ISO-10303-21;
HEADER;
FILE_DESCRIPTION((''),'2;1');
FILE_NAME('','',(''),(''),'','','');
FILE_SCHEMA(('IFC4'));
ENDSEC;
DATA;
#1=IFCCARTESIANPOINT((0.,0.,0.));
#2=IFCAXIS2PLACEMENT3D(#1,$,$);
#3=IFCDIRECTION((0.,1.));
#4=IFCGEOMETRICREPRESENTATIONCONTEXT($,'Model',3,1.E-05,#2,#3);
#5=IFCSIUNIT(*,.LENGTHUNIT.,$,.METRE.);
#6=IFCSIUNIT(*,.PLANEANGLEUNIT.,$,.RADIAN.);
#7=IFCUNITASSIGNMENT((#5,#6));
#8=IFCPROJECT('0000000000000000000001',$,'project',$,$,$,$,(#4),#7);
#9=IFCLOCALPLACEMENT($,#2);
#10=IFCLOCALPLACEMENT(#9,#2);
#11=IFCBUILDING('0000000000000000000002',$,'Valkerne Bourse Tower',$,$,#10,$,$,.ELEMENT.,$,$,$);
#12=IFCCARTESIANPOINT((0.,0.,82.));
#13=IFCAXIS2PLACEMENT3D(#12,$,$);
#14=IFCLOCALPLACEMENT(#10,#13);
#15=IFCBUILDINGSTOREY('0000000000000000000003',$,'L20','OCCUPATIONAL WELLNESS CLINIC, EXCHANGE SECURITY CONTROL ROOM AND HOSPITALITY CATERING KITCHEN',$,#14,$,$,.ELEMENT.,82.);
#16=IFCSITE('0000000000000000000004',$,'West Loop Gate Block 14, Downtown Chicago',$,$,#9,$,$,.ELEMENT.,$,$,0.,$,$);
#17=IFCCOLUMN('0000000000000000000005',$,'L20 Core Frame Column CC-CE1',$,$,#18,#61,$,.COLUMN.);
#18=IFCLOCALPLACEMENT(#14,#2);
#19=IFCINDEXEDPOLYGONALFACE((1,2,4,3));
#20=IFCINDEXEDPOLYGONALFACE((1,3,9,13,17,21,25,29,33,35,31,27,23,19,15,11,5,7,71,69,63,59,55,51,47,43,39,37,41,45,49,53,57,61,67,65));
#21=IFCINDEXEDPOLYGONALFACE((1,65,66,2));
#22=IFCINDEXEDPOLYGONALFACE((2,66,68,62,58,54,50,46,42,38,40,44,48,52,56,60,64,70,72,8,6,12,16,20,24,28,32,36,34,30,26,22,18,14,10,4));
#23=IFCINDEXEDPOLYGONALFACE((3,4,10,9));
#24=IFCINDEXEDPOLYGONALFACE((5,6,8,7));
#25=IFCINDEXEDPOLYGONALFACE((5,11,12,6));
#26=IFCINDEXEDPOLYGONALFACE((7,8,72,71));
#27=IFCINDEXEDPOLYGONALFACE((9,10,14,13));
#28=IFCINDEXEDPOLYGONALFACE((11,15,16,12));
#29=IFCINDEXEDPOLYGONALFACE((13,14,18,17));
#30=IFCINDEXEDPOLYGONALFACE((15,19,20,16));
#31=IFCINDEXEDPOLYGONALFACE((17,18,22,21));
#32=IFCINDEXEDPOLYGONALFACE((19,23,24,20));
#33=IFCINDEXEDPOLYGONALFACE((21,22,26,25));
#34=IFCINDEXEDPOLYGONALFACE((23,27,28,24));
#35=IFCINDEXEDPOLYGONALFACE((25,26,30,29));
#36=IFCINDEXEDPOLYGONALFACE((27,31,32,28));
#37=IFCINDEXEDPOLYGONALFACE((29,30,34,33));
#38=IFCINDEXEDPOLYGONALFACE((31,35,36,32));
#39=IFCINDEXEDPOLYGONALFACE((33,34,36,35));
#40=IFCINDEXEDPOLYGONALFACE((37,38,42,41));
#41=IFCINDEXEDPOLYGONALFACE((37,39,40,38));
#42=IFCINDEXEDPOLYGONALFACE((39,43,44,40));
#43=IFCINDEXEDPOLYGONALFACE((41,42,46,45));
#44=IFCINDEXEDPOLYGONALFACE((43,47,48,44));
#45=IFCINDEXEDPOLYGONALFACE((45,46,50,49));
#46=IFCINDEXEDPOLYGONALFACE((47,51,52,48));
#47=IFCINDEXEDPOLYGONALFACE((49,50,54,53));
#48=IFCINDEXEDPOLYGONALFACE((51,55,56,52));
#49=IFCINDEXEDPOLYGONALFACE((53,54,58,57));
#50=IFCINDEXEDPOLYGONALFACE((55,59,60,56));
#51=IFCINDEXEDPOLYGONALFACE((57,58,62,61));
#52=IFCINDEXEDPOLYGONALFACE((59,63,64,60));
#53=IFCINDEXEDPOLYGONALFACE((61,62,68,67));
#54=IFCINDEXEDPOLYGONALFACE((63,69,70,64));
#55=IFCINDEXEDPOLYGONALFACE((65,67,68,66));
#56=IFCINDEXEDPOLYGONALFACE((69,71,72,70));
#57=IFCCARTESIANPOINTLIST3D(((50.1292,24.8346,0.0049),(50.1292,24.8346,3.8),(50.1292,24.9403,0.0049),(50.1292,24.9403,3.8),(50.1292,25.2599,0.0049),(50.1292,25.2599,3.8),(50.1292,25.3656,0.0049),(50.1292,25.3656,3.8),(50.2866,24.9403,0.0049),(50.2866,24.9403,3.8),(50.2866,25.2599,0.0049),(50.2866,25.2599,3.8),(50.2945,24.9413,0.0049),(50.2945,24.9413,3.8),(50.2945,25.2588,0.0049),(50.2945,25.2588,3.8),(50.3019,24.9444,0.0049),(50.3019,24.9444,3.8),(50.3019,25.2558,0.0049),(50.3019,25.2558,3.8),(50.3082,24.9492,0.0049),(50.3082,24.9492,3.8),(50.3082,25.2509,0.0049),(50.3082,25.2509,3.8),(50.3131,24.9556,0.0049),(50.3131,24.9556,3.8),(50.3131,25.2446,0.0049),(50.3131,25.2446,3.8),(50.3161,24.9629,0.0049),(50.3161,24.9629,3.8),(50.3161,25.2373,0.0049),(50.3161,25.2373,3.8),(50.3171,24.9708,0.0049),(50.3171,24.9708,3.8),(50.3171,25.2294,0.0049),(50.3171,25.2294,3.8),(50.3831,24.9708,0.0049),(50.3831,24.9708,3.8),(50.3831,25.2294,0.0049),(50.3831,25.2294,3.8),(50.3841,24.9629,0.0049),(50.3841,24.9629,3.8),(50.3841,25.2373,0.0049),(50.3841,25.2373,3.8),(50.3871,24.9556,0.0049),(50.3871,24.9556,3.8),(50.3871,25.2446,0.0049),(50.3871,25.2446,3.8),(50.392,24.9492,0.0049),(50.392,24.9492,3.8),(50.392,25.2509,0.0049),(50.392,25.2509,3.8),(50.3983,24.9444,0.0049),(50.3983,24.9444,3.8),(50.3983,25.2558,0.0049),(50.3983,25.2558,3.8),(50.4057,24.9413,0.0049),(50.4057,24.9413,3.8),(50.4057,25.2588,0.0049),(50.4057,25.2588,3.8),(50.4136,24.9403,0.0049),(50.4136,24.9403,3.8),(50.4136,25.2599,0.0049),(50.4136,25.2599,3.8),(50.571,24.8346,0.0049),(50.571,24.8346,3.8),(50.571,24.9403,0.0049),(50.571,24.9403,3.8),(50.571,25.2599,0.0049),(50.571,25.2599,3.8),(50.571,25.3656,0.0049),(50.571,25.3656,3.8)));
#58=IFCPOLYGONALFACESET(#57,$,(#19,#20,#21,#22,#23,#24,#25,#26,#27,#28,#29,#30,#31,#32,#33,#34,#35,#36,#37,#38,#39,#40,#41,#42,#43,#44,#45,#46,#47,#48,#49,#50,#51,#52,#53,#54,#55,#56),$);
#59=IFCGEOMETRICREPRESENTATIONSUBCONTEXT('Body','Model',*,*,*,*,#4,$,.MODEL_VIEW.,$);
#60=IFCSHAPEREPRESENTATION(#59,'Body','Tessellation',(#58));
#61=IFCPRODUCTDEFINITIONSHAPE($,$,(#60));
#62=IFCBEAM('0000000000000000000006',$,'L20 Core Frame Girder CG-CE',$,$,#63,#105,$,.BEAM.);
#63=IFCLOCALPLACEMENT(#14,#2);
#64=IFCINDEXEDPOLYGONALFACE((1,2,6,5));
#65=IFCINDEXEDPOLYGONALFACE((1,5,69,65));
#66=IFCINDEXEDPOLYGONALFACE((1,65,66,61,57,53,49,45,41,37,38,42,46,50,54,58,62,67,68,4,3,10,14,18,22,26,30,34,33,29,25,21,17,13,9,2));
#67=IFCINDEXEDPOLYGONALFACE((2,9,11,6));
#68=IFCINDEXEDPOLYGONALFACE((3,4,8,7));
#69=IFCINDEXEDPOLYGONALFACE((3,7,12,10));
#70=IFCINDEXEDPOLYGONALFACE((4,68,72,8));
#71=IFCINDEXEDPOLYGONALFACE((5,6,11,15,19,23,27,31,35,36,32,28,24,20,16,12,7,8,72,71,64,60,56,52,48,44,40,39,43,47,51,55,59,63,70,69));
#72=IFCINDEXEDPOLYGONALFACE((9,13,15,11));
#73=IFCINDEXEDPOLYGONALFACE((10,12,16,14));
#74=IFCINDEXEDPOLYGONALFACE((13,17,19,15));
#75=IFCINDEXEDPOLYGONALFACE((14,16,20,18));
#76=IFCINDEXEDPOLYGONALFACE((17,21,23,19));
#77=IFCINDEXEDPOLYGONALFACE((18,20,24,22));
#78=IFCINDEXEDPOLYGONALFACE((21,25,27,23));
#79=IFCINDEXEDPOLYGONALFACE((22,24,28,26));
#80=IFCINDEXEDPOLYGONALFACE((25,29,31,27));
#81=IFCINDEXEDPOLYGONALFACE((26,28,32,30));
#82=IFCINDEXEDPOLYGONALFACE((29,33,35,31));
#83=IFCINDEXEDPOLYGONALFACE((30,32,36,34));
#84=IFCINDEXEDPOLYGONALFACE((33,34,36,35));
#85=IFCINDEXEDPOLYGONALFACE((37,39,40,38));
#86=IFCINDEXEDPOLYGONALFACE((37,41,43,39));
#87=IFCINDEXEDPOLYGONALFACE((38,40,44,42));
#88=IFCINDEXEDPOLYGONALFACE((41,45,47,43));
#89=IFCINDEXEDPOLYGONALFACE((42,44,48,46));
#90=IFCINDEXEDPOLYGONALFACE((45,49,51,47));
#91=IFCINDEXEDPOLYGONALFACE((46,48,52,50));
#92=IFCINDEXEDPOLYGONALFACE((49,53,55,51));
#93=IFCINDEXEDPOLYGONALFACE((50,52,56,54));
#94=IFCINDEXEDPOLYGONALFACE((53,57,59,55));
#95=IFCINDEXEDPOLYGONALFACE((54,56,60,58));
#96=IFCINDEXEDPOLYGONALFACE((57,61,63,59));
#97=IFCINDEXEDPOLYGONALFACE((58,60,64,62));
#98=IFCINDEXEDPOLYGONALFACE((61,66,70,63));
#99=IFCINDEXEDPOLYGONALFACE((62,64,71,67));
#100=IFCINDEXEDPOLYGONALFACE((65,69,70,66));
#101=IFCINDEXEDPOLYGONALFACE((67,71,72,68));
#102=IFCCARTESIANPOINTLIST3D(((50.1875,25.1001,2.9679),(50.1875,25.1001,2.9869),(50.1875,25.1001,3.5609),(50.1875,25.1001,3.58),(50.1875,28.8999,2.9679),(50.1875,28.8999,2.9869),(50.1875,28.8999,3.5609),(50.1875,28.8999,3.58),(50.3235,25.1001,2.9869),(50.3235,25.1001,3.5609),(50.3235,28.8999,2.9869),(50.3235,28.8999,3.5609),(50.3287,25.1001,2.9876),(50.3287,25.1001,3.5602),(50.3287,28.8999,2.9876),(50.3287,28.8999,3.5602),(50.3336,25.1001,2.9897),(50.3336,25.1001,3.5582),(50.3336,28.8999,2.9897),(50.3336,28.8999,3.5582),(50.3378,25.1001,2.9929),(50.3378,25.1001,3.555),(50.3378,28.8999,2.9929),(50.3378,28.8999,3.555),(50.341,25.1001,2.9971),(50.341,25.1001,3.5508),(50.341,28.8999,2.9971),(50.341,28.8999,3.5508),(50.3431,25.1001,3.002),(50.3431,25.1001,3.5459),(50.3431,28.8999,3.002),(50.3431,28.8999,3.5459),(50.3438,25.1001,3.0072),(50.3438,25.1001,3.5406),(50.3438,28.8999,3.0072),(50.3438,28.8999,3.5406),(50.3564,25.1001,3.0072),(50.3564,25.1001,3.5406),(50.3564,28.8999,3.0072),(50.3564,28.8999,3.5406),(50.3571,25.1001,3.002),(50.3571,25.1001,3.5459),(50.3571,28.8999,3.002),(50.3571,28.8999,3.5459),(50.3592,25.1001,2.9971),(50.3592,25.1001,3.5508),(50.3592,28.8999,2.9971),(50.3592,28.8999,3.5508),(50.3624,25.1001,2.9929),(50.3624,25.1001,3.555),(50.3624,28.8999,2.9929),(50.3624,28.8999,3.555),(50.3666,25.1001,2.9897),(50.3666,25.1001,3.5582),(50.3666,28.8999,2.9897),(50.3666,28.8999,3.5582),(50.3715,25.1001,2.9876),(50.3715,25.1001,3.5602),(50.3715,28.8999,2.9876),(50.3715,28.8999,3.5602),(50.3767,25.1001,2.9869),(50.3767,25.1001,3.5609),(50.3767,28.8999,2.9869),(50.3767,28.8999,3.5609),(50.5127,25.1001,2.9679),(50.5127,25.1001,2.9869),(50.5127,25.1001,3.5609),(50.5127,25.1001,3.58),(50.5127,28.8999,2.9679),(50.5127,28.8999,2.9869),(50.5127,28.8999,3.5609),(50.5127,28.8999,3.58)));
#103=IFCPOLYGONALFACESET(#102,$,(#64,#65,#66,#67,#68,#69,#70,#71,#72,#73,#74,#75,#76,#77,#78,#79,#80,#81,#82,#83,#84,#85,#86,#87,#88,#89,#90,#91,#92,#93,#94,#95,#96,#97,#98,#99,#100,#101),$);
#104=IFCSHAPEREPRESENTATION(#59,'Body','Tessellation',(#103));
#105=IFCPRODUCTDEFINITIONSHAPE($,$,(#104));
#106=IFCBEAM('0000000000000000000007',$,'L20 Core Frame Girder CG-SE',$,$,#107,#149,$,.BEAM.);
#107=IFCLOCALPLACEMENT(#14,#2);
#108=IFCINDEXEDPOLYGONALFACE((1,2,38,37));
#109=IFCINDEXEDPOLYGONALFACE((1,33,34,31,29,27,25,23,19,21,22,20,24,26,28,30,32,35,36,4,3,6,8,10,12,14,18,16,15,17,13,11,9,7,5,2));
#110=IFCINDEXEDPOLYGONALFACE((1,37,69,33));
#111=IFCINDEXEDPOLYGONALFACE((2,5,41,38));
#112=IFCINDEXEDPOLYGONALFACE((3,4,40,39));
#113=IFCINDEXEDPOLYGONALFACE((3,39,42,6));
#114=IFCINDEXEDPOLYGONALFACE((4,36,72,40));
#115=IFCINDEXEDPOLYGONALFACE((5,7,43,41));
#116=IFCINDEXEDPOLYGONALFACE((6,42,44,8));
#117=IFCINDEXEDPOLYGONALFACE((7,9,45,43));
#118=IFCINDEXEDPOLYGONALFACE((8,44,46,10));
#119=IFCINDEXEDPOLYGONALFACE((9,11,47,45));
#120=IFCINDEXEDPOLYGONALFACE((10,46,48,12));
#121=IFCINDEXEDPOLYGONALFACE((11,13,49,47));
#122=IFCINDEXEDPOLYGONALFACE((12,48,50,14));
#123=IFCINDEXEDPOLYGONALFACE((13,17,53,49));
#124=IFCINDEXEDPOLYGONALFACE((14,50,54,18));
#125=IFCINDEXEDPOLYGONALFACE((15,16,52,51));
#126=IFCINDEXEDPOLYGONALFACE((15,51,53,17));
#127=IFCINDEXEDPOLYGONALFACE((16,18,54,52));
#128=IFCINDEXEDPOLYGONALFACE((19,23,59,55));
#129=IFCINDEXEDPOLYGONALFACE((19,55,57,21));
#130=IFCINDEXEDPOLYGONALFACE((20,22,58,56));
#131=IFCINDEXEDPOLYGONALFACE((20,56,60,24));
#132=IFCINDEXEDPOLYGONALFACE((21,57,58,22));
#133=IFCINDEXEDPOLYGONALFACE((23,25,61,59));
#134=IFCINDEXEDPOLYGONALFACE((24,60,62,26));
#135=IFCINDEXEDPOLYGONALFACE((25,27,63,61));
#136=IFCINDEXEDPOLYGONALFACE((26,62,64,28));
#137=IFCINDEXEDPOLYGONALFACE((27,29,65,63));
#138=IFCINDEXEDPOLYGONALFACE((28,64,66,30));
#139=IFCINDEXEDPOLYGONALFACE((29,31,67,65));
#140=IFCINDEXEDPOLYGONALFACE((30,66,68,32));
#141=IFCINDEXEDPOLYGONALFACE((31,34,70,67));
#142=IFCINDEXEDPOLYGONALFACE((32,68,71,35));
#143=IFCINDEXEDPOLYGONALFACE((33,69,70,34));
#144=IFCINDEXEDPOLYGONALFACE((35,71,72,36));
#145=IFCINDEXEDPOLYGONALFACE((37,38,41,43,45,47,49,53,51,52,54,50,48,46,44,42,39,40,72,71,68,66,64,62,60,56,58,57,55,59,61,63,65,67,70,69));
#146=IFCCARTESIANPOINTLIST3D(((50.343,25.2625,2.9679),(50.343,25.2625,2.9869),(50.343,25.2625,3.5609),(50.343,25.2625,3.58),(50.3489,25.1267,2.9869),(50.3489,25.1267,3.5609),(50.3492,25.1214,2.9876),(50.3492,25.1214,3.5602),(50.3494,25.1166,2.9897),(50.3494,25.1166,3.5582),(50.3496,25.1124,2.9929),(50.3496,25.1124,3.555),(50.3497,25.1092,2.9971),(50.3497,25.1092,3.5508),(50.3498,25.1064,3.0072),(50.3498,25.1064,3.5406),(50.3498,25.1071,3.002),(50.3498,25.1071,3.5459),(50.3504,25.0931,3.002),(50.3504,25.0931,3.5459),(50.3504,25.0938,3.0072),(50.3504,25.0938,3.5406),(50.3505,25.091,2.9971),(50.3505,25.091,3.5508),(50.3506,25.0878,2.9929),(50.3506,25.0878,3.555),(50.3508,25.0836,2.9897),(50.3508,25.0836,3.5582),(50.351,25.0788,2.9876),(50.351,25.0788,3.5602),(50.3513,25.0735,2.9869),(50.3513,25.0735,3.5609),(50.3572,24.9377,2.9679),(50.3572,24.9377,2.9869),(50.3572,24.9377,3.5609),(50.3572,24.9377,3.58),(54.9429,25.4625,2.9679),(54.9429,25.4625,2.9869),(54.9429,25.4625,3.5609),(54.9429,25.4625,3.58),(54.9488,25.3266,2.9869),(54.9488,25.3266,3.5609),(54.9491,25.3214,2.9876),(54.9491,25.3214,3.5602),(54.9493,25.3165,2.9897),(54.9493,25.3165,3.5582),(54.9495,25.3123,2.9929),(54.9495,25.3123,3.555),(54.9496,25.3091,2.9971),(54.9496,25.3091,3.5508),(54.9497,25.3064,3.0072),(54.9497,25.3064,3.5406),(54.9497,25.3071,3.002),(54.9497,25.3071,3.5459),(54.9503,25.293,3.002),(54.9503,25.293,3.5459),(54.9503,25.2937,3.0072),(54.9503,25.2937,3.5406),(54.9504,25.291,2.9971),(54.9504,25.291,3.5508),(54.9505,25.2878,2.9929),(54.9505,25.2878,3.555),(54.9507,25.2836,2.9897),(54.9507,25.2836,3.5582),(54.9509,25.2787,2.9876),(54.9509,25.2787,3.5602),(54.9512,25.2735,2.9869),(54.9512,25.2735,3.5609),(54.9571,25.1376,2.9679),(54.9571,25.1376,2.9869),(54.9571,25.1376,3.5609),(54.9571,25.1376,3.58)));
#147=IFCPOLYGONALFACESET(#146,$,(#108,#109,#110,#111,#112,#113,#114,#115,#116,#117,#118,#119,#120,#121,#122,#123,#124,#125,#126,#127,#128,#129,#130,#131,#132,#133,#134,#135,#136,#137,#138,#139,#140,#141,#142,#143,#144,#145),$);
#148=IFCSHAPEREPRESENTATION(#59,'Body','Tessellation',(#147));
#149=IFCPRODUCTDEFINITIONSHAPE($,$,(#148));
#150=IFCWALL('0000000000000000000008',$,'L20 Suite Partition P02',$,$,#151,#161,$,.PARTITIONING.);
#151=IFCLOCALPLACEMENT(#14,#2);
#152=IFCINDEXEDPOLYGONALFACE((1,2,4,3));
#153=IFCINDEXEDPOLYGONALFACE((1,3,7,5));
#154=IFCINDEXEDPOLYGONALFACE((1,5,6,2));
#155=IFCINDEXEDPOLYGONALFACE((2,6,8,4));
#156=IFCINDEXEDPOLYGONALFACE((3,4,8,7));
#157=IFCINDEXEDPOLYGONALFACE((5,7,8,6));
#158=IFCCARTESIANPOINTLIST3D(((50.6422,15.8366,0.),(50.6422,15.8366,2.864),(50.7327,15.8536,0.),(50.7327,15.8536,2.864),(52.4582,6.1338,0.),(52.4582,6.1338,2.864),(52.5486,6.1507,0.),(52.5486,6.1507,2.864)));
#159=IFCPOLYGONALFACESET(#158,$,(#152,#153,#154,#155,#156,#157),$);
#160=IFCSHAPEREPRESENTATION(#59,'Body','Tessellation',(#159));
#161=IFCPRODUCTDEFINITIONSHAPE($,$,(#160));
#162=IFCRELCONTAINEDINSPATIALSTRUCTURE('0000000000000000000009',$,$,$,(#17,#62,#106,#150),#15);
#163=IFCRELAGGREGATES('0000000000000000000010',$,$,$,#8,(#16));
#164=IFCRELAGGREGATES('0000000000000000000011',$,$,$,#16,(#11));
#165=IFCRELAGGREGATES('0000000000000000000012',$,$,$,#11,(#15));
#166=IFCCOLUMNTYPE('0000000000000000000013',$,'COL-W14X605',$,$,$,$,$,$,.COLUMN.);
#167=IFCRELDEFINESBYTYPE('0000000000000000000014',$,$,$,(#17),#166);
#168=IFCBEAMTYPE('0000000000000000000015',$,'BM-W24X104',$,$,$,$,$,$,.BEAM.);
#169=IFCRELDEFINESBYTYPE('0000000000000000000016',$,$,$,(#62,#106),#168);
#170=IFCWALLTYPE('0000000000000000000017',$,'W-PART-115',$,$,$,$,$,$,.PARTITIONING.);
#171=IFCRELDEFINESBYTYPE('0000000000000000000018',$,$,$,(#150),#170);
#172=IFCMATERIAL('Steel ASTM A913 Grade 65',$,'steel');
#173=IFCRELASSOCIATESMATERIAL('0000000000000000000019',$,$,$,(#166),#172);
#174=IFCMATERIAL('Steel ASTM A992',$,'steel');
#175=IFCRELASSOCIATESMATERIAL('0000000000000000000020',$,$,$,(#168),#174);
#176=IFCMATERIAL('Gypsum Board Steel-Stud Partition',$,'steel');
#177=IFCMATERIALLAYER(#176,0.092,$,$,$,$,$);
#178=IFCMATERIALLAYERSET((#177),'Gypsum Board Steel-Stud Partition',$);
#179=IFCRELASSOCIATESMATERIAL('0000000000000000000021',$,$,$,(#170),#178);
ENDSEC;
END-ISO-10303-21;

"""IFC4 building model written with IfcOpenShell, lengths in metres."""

from ifc_helpers import new_model, si_unit, direction, frame, frame_2d, origin, origin_2d, place, context, subcontext, project, spatial, rectangle, i_section, extrude, material, layer, layer_set, material_profile, profile_set, type_object, element, save


model = new_model("IFC4")

# Units and contexts
model_context = context("Model", 3, precision=1e-05, world=origin(), true_north=direction((0.0, 1.0)))
body_context = subcontext(model_context, "Body", "Model", "MODEL_VIEW")
ifc_project = project(units=[si_unit("LENGTHUNIT", "METRE"), si_unit("PLANEANGLEUNIT", "RADIAN")], contexts=[model_context])

# Site, building, storey
site_placement = place(None, origin())
site = spatial("IfcSite", under=ifc_project, at=site_placement, Name="West Loop Gate Block 14, Downtown Chicago", CompositionType="ELEMENT", RefElevation=0.0)
building_placement = place(site_placement, origin())
building = spatial("IfcBuilding", under=site, at=building_placement, Name="Valkerne Bourse Tower", CompositionType="ELEMENT")
storey_placement = place(building_placement, frame((0.0, 0.0, 82.0)))
storey = spatial("IfcBuildingStorey", under=building, at=storey_placement, Name="L20", Description="OCCUPATIONAL WELLNESS CLINIC, EXCHANGE SECURITY CONTROL ROOM AND HOSPITALITY CATERING KITCHEN", CompositionType="ELEMENT", Elevation=82.0)

# Column
ifc_material_1 = material(Name="Steel ASTM A913 Grade 65", Category="steel")
ifc_material_profile_1 = material_profile(ifc_material_1, i_section(OverallWidth=0.4419, OverallDepth=0.531, WebThickness=0.0659, FlangeThickness=0.1057, FilletRadius=0.0305, at=origin_2d()), Name="W14X605")
ifc_profile_set_1 = profile_set([ifc_material_profile_1], Name="Steel ASTM A913 Grade 65")
column_type = type_object("IfcColumnType", Name="COL-W14X605", PredefinedType="COLUMN", material=ifc_profile_set_1)
column_placement = place(storey_placement, frame((50.3501, 25.1001, 0.0049), z_axis=(0.0, 0.0, 1.0), x_axis=(1.0, 0.0, 0.0)))
element("IfcColumn", 1, at=column_placement, inside=storey, type_object=column_type, Name="L20 Core Frame Column CC-CE1", PredefinedType="COLUMN", context=body_context, shape_type="SweptSolid", body=[
    extrude(i_section(OverallWidth=0.4419, OverallDepth=0.531, WebThickness=0.0659, FlangeThickness=0.1057, FilletRadius=0.0305, at=origin_2d()), origin(), (0.0, 0.0, 1.0), 3.7952),
])

# Beams
ifc_material_2 = material(Name="Steel ASTM A992", Category="steel")
ifc_material_profile_2 = material_profile(ifc_material_2, i_section(OverallWidth=0.3252, OverallDepth=0.6121, WebThickness=0.0127, FlangeThickness=0.019, FilletRadius=0.0203, at=origin_2d()), Name="W24X104")
ifc_profile_set_2 = profile_set([ifc_material_profile_2], Name="Steel ASTM A992")
beam_type = type_object("IfcBeamType", Name="BM-W24X104", PredefinedType="BEAM", material=ifc_profile_set_2)
beam_1_placement = place(storey_placement, frame((50.3501, 25.1001, 3.2739), z_axis=(0.0, 1.0, 0.0), x_axis=(-1.0, 0.0, 0.0)))
element("IfcBeam", 2, at=beam_1_placement, inside=storey, type_object=beam_type, Name="L20 Core Frame Girder CG-CE", PredefinedType="BEAM", context=body_context, shape_type="SweptSolid", body=[
    extrude(i_section(OverallWidth=0.3252, OverallDepth=0.6121, WebThickness=0.0127, FlangeThickness=0.019, FilletRadius=0.0203, at=origin_2d()), origin(), (0.0, 0.0, 1.0), 3.7998),
])
beam_2_placement = place(storey_placement, frame((50.3501, 25.1001, 3.2739), z_axis=(0.999057, 0.043428, 0.0), x_axis=(-0.043428, 0.999057, 0.0)))
element("IfcBeam", 3, at=beam_2_placement, inside=storey, type_object=beam_type, Name="L20 Core Frame Girder CG-SE", PredefinedType="BEAM", context=body_context, shape_type="SweptSolid", body=[
    extrude(i_section(OverallWidth=0.3252, OverallDepth=0.6121, WebThickness=0.0127, FlangeThickness=0.019, FilletRadius=0.0203, at=origin_2d()), origin(), (0.0, 0.0, 1.0), 4.6042),
])

# Wall
ifc_material_3 = material(Name="Gypsum Board Steel-Stud Partition", Category="steel")
ifc_layer_1 = layer(ifc_material_3, 0.092)
ifc_layer_set_1 = layer_set([ifc_layer_1], Name="Gypsum Board Steel-Stud Partition")
wall_type_1 = type_object("IfcWallType", Name="W-PART-115", PredefinedType="PARTITIONING", material=ifc_layer_set_1)
wall_1_placement = place(storey_placement, frame((50.6875, 15.845, 0.0), z_axis=(0.0, 0.0, 1.0), x_axis=(0.183959, -0.982934, 0.0)))
element("IfcWall", 4, at=wall_1_placement, inside=storey, type_object=wall_type_1, Name="L20 Suite Partition P02", PredefinedType="PARTITIONING", context=body_context, shape_type="SweptSolid", body=[
    extrude(rectangle(XDim=9.8713, YDim=0.092, at=frame_2d((4.9355, 0.0))), origin(), (0.0, 0.0, 1.0), 2.864),
])

save(model, "model.ifc")
